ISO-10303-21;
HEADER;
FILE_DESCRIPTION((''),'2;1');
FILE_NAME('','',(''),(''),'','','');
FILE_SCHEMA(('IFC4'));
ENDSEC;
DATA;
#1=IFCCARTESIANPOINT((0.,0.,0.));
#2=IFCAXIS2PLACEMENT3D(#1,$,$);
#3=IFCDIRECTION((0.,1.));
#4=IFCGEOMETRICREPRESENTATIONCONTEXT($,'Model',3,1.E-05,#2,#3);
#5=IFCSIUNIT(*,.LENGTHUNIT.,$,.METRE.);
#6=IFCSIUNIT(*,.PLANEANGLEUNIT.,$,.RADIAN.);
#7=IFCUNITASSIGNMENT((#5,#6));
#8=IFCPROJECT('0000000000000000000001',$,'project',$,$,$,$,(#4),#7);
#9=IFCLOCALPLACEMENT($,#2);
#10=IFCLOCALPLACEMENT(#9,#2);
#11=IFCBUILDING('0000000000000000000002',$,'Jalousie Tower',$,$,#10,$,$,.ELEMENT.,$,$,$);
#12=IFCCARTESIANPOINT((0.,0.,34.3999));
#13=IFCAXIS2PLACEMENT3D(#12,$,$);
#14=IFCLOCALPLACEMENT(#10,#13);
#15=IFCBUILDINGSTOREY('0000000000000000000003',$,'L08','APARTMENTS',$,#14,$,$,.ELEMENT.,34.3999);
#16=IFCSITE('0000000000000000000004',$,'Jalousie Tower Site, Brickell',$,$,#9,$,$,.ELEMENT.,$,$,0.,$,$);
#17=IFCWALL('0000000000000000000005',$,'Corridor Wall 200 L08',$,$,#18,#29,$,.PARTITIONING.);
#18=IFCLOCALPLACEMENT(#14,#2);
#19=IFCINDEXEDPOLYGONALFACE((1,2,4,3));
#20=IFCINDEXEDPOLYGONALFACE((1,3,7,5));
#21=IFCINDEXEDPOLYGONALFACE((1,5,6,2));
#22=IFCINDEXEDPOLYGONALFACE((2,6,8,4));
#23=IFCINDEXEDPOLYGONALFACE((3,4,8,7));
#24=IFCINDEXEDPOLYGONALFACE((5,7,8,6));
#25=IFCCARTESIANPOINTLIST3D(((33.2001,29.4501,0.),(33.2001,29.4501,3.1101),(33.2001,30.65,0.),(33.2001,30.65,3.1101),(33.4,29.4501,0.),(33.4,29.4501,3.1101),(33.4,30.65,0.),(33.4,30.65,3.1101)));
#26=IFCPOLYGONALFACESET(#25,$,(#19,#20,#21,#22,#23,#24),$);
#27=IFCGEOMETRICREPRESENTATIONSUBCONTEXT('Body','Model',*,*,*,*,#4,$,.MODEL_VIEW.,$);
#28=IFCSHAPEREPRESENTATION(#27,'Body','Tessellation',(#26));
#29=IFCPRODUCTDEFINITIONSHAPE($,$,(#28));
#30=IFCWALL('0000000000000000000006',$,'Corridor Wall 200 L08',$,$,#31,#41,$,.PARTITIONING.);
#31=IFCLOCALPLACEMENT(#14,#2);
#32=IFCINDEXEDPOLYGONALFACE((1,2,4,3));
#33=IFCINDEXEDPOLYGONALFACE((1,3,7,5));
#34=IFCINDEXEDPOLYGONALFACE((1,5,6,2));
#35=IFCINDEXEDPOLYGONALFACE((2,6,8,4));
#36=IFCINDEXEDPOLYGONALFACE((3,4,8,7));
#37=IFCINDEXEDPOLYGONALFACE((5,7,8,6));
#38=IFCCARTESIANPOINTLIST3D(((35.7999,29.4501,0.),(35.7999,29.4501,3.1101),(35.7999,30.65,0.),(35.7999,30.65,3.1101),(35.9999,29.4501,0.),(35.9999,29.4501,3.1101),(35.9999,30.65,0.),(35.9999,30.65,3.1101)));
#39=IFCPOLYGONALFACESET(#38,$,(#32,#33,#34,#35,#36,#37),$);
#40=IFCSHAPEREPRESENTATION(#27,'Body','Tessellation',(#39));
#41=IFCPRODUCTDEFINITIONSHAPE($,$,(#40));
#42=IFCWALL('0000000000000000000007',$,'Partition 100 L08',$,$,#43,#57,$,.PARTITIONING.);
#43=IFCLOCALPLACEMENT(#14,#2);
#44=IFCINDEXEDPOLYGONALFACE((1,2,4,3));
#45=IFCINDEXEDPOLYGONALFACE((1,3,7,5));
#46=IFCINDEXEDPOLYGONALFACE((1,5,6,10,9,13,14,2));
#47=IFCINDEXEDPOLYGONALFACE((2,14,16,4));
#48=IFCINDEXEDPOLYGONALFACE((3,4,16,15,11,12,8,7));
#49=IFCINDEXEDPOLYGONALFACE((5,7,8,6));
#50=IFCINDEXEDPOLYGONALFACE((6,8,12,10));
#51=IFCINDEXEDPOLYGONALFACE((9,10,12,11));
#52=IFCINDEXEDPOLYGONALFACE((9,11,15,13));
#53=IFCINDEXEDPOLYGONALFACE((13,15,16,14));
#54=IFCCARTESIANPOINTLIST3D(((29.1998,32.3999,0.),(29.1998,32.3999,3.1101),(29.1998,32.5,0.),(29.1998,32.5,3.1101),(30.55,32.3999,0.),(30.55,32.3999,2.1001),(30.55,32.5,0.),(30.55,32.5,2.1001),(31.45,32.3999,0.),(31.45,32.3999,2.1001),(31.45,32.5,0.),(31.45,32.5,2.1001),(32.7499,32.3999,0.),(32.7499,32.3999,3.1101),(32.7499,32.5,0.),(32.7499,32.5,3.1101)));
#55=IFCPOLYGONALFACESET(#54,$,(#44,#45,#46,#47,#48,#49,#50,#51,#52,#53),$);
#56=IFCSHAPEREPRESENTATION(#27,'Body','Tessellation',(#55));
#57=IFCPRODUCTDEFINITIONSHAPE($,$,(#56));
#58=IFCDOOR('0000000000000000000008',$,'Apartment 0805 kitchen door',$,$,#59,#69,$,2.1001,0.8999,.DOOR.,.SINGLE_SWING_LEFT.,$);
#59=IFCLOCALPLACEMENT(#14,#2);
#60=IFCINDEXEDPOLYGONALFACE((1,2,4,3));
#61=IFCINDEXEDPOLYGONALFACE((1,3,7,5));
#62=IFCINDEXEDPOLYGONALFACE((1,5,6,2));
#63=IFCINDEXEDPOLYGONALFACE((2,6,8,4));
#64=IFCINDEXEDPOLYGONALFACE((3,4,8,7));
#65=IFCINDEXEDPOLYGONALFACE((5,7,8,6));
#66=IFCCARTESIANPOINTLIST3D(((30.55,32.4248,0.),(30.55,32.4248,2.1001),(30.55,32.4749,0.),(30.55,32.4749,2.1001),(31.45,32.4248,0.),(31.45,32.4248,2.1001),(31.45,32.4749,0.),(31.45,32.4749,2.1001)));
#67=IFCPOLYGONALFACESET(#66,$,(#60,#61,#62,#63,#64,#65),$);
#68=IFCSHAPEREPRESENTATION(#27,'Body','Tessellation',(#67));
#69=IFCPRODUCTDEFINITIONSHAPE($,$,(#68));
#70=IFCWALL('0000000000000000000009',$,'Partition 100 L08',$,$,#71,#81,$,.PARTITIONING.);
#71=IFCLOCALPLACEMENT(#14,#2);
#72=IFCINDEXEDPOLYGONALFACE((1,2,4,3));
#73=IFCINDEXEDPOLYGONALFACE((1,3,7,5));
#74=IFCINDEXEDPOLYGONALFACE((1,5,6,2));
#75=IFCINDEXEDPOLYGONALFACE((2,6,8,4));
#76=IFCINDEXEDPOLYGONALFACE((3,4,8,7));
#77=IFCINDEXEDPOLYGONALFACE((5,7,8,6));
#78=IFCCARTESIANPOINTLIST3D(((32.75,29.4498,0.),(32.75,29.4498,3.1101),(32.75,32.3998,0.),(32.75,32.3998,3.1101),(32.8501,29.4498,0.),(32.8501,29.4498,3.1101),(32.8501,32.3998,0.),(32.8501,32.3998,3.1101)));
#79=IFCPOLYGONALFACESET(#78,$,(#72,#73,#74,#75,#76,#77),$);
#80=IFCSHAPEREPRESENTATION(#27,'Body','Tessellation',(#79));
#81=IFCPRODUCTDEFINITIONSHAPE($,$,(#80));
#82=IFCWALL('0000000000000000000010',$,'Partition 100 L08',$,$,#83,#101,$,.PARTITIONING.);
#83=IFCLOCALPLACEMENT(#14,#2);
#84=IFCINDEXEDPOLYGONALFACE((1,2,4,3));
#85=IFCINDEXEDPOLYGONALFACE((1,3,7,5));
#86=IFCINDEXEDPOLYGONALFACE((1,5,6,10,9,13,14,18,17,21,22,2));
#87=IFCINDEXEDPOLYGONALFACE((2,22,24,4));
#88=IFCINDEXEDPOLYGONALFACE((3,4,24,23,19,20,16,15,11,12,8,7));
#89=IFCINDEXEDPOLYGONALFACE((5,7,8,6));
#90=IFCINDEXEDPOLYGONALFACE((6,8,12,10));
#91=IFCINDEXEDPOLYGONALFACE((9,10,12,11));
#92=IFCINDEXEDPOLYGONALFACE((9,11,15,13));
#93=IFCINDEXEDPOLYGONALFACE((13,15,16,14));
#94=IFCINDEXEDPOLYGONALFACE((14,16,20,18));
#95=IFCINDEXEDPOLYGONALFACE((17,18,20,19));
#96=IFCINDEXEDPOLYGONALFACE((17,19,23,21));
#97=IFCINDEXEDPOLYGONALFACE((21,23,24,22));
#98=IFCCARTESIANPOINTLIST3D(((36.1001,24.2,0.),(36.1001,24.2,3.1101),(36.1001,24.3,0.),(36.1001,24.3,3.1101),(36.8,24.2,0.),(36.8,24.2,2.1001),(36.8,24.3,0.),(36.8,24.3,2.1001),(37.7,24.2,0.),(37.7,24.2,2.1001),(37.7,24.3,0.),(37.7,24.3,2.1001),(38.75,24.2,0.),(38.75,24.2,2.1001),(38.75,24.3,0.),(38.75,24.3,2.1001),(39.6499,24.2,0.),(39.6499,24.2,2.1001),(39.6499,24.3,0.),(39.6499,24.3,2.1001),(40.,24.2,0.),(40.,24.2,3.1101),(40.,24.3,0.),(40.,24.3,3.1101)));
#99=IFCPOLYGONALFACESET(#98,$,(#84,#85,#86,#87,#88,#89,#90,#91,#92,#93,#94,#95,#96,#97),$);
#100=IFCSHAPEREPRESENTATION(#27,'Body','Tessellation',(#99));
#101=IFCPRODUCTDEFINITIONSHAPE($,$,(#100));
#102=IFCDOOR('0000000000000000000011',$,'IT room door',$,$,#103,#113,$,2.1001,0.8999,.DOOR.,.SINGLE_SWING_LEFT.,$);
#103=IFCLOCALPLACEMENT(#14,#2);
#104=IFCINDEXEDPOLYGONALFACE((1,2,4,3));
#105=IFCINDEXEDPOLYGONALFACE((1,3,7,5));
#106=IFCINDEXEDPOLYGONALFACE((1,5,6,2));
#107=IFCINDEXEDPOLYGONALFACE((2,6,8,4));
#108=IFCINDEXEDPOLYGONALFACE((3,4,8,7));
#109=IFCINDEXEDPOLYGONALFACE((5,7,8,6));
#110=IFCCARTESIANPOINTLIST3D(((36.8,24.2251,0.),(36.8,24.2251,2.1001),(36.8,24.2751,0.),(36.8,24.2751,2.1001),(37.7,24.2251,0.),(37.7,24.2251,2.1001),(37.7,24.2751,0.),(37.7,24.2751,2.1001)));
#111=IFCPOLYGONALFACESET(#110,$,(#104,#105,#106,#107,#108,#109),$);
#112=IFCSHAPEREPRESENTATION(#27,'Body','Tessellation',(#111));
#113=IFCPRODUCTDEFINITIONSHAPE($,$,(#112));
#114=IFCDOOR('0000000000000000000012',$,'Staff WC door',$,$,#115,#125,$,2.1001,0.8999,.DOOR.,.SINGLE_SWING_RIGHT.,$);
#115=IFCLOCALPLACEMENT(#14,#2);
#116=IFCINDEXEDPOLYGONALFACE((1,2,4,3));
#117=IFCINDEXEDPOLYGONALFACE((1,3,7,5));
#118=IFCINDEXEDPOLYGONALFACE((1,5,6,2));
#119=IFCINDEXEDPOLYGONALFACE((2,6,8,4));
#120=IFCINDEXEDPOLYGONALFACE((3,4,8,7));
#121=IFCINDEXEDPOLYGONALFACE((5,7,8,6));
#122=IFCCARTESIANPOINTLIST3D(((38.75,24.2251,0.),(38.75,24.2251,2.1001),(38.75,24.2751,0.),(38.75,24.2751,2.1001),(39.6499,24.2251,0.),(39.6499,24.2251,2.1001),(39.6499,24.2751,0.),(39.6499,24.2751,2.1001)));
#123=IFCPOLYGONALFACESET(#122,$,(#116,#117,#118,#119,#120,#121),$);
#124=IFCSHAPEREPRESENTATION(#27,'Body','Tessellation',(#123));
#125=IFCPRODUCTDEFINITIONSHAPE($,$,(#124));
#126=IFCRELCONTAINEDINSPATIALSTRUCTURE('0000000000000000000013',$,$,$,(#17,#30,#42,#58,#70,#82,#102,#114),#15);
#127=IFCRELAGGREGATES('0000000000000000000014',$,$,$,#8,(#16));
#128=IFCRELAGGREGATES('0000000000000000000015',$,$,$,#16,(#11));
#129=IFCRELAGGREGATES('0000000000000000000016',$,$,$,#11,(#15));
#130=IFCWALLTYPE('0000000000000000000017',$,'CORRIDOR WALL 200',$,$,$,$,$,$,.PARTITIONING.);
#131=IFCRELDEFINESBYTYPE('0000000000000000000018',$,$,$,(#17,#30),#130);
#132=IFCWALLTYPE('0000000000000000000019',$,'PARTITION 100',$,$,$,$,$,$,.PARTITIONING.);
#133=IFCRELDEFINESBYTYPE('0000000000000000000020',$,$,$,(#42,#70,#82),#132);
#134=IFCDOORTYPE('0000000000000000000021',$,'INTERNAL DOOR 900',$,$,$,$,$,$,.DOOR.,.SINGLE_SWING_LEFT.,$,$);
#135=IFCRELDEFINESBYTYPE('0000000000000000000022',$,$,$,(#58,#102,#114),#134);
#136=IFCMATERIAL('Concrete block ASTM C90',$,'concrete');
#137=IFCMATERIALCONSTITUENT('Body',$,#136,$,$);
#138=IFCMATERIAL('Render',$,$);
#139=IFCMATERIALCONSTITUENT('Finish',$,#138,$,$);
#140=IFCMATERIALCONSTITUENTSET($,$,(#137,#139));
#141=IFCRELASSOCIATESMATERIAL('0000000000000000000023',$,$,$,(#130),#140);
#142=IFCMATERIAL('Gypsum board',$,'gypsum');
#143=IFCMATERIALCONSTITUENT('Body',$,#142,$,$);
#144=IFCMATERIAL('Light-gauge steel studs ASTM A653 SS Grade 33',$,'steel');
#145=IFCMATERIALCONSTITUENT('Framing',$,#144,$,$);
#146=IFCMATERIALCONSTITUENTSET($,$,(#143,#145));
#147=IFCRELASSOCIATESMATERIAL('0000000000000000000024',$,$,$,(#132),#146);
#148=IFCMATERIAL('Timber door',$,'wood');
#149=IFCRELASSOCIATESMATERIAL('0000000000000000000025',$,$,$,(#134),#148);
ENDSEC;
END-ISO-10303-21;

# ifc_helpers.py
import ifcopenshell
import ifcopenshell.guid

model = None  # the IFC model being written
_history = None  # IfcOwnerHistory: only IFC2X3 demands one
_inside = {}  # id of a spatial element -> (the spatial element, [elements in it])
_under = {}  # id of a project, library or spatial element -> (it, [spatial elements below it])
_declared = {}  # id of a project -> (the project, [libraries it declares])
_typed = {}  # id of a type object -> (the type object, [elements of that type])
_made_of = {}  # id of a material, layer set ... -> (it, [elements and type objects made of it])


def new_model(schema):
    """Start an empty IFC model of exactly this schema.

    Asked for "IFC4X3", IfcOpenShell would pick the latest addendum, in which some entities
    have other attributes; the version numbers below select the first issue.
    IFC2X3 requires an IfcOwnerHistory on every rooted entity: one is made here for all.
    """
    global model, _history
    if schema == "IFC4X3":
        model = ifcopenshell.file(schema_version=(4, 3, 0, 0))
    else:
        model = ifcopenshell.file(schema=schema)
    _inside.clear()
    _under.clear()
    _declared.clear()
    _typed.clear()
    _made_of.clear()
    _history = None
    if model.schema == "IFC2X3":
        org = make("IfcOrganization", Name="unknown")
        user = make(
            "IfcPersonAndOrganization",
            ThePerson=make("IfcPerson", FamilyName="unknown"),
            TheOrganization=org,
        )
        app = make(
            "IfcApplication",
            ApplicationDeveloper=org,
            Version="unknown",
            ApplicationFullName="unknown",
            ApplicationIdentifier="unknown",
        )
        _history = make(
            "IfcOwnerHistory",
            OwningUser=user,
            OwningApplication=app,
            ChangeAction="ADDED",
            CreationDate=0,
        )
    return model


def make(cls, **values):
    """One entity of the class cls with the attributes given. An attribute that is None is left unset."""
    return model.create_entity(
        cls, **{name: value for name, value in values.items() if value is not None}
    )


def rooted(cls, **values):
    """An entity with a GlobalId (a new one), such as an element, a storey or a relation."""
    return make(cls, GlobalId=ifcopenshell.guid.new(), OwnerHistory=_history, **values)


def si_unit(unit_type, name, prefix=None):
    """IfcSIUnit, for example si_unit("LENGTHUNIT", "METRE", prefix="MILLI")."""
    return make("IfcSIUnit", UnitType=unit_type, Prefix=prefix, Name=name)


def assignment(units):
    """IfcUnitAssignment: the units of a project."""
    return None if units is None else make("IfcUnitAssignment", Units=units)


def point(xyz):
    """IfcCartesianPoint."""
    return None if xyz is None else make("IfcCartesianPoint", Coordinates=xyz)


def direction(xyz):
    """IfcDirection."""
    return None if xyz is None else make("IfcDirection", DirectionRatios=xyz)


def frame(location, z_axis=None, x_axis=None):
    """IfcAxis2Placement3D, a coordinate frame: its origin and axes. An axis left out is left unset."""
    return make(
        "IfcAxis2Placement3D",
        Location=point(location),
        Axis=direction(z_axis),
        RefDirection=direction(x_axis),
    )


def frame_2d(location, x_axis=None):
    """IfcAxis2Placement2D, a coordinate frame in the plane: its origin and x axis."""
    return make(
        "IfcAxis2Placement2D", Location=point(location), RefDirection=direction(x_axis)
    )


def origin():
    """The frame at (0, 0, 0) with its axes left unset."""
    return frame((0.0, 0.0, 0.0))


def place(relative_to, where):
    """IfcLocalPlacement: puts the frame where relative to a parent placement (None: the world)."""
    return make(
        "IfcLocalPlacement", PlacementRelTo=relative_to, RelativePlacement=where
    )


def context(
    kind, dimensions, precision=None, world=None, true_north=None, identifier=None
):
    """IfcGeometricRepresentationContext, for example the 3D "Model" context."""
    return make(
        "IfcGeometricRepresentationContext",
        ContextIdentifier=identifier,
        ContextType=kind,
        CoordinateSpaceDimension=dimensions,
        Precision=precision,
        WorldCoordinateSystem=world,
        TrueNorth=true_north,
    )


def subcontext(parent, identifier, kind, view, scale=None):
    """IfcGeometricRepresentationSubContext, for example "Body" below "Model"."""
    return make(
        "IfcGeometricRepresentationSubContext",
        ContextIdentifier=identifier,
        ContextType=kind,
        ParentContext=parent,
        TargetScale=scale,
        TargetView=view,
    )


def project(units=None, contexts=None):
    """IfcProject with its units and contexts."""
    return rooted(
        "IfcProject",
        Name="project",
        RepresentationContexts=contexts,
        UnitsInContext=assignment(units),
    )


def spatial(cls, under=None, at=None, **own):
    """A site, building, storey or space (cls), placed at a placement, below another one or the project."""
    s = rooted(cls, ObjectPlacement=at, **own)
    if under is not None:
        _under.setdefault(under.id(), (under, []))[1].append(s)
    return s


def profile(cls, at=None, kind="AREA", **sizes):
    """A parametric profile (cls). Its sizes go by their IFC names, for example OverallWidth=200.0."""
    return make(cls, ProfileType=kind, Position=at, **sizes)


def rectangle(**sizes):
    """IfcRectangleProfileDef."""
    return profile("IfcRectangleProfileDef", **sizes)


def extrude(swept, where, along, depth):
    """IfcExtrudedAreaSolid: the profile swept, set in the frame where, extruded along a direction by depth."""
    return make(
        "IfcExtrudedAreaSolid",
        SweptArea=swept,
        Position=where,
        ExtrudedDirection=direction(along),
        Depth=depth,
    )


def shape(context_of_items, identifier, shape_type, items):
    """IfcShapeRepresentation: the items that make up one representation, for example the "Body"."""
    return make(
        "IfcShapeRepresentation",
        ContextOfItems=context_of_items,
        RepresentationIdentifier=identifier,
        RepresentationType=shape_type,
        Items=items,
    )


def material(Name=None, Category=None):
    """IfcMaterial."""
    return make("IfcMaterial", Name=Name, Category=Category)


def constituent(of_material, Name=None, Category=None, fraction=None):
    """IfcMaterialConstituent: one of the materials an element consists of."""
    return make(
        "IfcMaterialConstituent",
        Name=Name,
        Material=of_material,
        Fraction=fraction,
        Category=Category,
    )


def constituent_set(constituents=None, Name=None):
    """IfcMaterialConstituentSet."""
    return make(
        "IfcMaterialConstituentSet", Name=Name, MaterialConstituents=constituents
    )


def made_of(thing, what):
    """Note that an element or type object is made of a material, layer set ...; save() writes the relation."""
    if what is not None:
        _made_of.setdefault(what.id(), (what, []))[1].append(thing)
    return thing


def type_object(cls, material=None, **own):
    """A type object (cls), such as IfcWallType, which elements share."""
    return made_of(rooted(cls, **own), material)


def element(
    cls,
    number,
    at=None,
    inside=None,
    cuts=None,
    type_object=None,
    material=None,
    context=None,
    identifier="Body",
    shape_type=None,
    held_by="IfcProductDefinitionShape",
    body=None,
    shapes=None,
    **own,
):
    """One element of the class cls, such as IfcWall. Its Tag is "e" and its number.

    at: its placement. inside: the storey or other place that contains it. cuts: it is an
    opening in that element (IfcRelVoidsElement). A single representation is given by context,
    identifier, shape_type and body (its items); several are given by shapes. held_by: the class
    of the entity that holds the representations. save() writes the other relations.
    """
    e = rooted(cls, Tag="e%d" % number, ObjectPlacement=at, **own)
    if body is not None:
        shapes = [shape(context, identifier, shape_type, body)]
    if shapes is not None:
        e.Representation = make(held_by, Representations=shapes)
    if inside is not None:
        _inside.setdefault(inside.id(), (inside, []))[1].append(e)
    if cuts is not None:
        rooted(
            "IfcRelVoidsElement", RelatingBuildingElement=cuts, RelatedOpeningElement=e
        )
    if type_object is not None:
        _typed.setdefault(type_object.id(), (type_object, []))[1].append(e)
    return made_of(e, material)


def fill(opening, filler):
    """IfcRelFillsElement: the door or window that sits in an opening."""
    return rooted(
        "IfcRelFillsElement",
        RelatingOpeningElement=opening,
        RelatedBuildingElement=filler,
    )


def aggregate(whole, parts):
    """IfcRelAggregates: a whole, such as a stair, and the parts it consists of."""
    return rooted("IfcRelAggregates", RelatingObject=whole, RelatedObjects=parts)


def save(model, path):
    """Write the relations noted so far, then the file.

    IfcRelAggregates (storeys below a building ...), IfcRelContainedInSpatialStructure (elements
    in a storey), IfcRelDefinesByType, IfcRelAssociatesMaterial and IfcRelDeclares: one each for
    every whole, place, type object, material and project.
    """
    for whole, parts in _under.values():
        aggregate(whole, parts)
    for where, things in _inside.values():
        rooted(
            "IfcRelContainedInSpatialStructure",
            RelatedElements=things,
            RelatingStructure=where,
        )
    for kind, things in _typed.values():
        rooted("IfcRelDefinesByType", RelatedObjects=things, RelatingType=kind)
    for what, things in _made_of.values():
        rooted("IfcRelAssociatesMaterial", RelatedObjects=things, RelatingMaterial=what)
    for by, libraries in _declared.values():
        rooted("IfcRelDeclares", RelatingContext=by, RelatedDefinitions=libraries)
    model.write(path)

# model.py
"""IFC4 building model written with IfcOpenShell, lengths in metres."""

from ifc_helpers import new_model, si_unit, direction, frame, frame_2d, origin, place, context, subcontext, project, spatial, rectangle, extrude, material, constituent, constituent_set, type_object, element, fill, save


model = new_model("IFC4")

# Units and contexts
model_context = context("Model", 3, precision=1e-05, world=origin(), true_north=direction((0.0, 1.0)))
body_context = subcontext(model_context, "Body", "Model", "MODEL_VIEW")
ifc_project = project(units=[si_unit("LENGTHUNIT", "METRE"), si_unit("PLANEANGLEUNIT", "RADIAN")], contexts=[model_context])

# Site, building, storey
site_placement = place(None, origin())
site = spatial("IfcSite", under=ifc_project, at=site_placement, Name="Jalousie Tower Site, Brickell", CompositionType="ELEMENT", RefElevation=0.0)
building_placement = place(site_placement, origin())
building = spatial("IfcBuilding", under=site, at=building_placement, Name="Jalousie Tower", CompositionType="ELEMENT")
storey_placement = place(building_placement, frame((0.0, 0.0, 34.3999)))
storey = spatial("IfcBuildingStorey", under=building, at=storey_placement, Name="L08", Description="APARTMENTS", CompositionType="ELEMENT", Elevation=34.3999)

# Shared definitions
ifc_material_1 = material(Name="Concrete block ASTM C90", Category="concrete")
ifc_constituent_1 = constituent(ifc_material_1, Name="Body")
ifc_material_2 = material(Name="Render")
ifc_constituent_2 = constituent(ifc_material_2, Name="Finish")
ifc_constituent_set_1 = constituent_set(constituents=[ifc_constituent_1, ifc_constituent_2])
wall_type_1 = type_object("IfcWallType", Name="CORRIDOR WALL 200", PredefinedType="PARTITIONING", material=ifc_constituent_set_1)

# Walls
for number, where, z_axis, x_axis, name in (
    (1, (33.3, 29.45, 0.0), (0.0, 0.0, 1.0), (0.0, 1.0, 0.0), "Corridor Wall 200 L08"),
    (2, (35.8999, 29.45, 0.0), (0.0, 0.0, 1.0), (0.0, 1.0, 0.0), "Corridor Wall 200 L08"),
):
    element("IfcWall", number, at=place(storey_placement, frame(where, z_axis=z_axis, x_axis=x_axis)), inside=storey, type_object=wall_type_1, Name=name, PredefinedType="PARTITIONING", context=body_context, shape_type="SweptSolid", body=[
        extrude(rectangle(XDim=1.2, YDim=0.2, at=frame_2d((0.6001, 0.0))), origin(), (0.0, 0.0, 1.0), 3.1101),
    ])

# Wall, opening, door
ifc_material_3 = material(Name="Gypsum board", Category="gypsum")
ifc_constituent_3 = constituent(ifc_material_3, Name="Body")
ifc_material_4 = material(Name="Light-gauge steel studs ASTM A653 SS Grade 33", Category="steel")
ifc_constituent_4 = constituent(ifc_material_4, Name="Framing")
ifc_constituent_set_2 = constituent_set(constituents=[ifc_constituent_3, ifc_constituent_4])
wall_type_2 = type_object("IfcWallType", Name="PARTITION 100", PredefinedType="PARTITIONING", material=ifc_constituent_set_2)
wall_1_placement = place(storey_placement, frame((29.2, 32.45, 0.0), z_axis=(0.0, 0.0, 1.0), x_axis=(1.0, 0.0, 0.0)))
wall_1 = element("IfcWall", 3, at=wall_1_placement, inside=storey, type_object=wall_type_2, Name="Partition 100 L08", PredefinedType="PARTITIONING", context=body_context, shape_type="SweptSolid", body=[
    extrude(rectangle(XDim=3.55, YDim=0.1001, at=frame_2d((1.7749, 0.0))), origin(), (0.0, 0.0, 1.0), 3.1101),
])
opening_1_placement = place(wall_1_placement, frame((1.3501, 0.0, 0.0)))
opening_1 = element("IfcOpeningElement", 4, at=opening_1_placement, cuts=wall_1, PredefinedType="OPENING", context=body_context, shape_type="SweptSolid", body=[
    extrude(rectangle(XDim=0.8999, YDim=2.1001, at=frame_2d((0.45, 1.05))), frame((0.0, 0.0601, 0.0), z_axis=(0.0, -1.0, 0.0), x_axis=(1.0, 0.0, 0.0)), (0.0, 0.0, 1.0), 0.1201),
])
ifc_material_5 = material(Name="Timber door", Category="wood")
door_type_1 = type_object("IfcDoorType", Name="INTERNAL DOOR 900", OperationType="SINGLE_SWING_LEFT", PredefinedType="DOOR", material=ifc_material_5)
door_1_placement = place(opening_1_placement, origin())
door_1 = element("IfcDoor", 5, at=door_1_placement, inside=storey, type_object=door_type_1, Name="Apartment 0805 kitchen door", OperationType="SINGLE_SWING_LEFT", OverallHeight=2.1001, OverallWidth=0.8999, PredefinedType="DOOR", context=body_context, shape_type="SweptSolid", body=[
    extrude(rectangle(XDim=0.8999, YDim=2.1001, at=frame_2d((0.45, 1.05))), frame((0.0, 0.0249, 0.0), z_axis=(0.0, -1.0, 0.0), x_axis=(1.0, 0.0, 0.0)), (0.0, 0.0, 1.0), 0.05),
])
fill(opening_1, door_1)

# Wall
wall_2_placement = place(storey_placement, frame((32.8, 32.3999, 0.0), z_axis=(0.0, 0.0, 1.0), x_axis=(0.0, -1.0, 0.0)))
element("IfcWall", 6, at=wall_2_placement, inside=storey, type_object=wall_type_2, Name="Partition 100 L08", PredefinedType="PARTITIONING", context=body_context, shape_type="SweptSolid", body=[
    extrude(rectangle(XDim=2.95, YDim=0.1001, at=frame_2d((1.4751, 0.0))), origin(), (0.0, 0.0, 1.0), 3.1101),
])

# Wall, openings, doors
wall_3_placement = place(storey_placement, frame((36.1001, 24.25, 0.0), z_axis=(0.0, 0.0, 1.0), x_axis=(1.0, 0.0, 0.0)))
wall_3 = element("IfcWall", 7, at=wall_3_placement, inside=storey, type_object=wall_type_2, Name="Partition 100 L08", PredefinedType="PARTITIONING", context=body_context, shape_type="SweptSolid", body=[
    extrude(rectangle(XDim=3.8999, YDim=0.1001, at=frame_2d((1.95, 0.0))), origin(), (0.0, 0.0, 1.0), 3.1101),
])
opening_2_placement = place(wall_3_placement, frame((0.7, 0.0, 0.0)))
opening_2 = element("IfcOpeningElement", 8, at=opening_2_placement, cuts=wall_3, PredefinedType="OPENING", context=body_context, shape_type="SweptSolid", body=[
    extrude(rectangle(XDim=0.8999, YDim=2.1001, at=frame_2d((0.45, 1.05))), frame((0.0, 0.0601, 0.0), z_axis=(0.0, -1.0, 0.0), x_axis=(1.0, 0.0, 0.0)), (0.0, 0.0, 1.0), 0.1201),
])
opening_3_placement = place(wall_3_placement, frame((2.6499, 0.0, 0.0)))
opening_3 = element("IfcOpeningElement", 9, at=opening_3_placement, cuts=wall_3, PredefinedType="OPENING", context=body_context, shape_type="SweptSolid", body=[
    extrude(rectangle(XDim=0.8999, YDim=2.1001, at=frame_2d((0.45, 1.05))), frame((0.0, 0.0601, 0.0), z_axis=(0.0, -1.0, 0.0), x_axis=(1.0, 0.0, 0.0)), (0.0, 0.0, 1.0), 0.1201),
])
door_2_placement = place(opening_2_placement, frame((0.8999, 0.0, 0.0), z_axis=(0.0, 0.0, 1.0), x_axis=(-1.0, 0.0, 0.0)))
door_2 = element("IfcDoor", 10, at=door_2_placement, inside=storey, type_object=door_type_1, Name="IT room door", OperationType="SINGLE_SWING_LEFT", OverallHeight=2.1001, OverallWidth=0.8999, PredefinedType="DOOR", context=body_context, shape_type="SweptSolid", body=[
    extrude(rectangle(XDim=0.8999, YDim=2.1001, at=frame_2d((0.45, 1.05))), frame((0.0, 0.0249, 0.0), z_axis=(0.0, -1.0, 0.0), x_axis=(1.0, 0.0, 0.0)), (0.0, 0.0, 1.0), 0.05),
])
fill(opening_2, door_2)
door_3_placement = place(opening_3_placement, frame((0.8999, 0.0, 0.0), z_axis=(0.0, 0.0, 1.0), x_axis=(-1.0, 0.0, 0.0)))
door_3 = element("IfcDoor", 11, at=door_3_placement, inside=storey, type_object=door_type_1, Name="Staff WC door", OperationType="SINGLE_SWING_RIGHT", OverallHeight=2.1001, OverallWidth=0.8999, PredefinedType="DOOR", context=body_context, shape_type="SweptSolid", body=[
    extrude(rectangle(XDim=0.8999, YDim=2.1001, at=frame_2d((0.45, 1.05))), frame((0.0, 0.0249, 0.0), z_axis=(0.0, -1.0, 0.0), x_axis=(1.0, 0.0, 0.0)), (0.0, 0.0, 1.0), 0.05),
])
fill(opening_3, door_3)

save(model, "model.ifc")
